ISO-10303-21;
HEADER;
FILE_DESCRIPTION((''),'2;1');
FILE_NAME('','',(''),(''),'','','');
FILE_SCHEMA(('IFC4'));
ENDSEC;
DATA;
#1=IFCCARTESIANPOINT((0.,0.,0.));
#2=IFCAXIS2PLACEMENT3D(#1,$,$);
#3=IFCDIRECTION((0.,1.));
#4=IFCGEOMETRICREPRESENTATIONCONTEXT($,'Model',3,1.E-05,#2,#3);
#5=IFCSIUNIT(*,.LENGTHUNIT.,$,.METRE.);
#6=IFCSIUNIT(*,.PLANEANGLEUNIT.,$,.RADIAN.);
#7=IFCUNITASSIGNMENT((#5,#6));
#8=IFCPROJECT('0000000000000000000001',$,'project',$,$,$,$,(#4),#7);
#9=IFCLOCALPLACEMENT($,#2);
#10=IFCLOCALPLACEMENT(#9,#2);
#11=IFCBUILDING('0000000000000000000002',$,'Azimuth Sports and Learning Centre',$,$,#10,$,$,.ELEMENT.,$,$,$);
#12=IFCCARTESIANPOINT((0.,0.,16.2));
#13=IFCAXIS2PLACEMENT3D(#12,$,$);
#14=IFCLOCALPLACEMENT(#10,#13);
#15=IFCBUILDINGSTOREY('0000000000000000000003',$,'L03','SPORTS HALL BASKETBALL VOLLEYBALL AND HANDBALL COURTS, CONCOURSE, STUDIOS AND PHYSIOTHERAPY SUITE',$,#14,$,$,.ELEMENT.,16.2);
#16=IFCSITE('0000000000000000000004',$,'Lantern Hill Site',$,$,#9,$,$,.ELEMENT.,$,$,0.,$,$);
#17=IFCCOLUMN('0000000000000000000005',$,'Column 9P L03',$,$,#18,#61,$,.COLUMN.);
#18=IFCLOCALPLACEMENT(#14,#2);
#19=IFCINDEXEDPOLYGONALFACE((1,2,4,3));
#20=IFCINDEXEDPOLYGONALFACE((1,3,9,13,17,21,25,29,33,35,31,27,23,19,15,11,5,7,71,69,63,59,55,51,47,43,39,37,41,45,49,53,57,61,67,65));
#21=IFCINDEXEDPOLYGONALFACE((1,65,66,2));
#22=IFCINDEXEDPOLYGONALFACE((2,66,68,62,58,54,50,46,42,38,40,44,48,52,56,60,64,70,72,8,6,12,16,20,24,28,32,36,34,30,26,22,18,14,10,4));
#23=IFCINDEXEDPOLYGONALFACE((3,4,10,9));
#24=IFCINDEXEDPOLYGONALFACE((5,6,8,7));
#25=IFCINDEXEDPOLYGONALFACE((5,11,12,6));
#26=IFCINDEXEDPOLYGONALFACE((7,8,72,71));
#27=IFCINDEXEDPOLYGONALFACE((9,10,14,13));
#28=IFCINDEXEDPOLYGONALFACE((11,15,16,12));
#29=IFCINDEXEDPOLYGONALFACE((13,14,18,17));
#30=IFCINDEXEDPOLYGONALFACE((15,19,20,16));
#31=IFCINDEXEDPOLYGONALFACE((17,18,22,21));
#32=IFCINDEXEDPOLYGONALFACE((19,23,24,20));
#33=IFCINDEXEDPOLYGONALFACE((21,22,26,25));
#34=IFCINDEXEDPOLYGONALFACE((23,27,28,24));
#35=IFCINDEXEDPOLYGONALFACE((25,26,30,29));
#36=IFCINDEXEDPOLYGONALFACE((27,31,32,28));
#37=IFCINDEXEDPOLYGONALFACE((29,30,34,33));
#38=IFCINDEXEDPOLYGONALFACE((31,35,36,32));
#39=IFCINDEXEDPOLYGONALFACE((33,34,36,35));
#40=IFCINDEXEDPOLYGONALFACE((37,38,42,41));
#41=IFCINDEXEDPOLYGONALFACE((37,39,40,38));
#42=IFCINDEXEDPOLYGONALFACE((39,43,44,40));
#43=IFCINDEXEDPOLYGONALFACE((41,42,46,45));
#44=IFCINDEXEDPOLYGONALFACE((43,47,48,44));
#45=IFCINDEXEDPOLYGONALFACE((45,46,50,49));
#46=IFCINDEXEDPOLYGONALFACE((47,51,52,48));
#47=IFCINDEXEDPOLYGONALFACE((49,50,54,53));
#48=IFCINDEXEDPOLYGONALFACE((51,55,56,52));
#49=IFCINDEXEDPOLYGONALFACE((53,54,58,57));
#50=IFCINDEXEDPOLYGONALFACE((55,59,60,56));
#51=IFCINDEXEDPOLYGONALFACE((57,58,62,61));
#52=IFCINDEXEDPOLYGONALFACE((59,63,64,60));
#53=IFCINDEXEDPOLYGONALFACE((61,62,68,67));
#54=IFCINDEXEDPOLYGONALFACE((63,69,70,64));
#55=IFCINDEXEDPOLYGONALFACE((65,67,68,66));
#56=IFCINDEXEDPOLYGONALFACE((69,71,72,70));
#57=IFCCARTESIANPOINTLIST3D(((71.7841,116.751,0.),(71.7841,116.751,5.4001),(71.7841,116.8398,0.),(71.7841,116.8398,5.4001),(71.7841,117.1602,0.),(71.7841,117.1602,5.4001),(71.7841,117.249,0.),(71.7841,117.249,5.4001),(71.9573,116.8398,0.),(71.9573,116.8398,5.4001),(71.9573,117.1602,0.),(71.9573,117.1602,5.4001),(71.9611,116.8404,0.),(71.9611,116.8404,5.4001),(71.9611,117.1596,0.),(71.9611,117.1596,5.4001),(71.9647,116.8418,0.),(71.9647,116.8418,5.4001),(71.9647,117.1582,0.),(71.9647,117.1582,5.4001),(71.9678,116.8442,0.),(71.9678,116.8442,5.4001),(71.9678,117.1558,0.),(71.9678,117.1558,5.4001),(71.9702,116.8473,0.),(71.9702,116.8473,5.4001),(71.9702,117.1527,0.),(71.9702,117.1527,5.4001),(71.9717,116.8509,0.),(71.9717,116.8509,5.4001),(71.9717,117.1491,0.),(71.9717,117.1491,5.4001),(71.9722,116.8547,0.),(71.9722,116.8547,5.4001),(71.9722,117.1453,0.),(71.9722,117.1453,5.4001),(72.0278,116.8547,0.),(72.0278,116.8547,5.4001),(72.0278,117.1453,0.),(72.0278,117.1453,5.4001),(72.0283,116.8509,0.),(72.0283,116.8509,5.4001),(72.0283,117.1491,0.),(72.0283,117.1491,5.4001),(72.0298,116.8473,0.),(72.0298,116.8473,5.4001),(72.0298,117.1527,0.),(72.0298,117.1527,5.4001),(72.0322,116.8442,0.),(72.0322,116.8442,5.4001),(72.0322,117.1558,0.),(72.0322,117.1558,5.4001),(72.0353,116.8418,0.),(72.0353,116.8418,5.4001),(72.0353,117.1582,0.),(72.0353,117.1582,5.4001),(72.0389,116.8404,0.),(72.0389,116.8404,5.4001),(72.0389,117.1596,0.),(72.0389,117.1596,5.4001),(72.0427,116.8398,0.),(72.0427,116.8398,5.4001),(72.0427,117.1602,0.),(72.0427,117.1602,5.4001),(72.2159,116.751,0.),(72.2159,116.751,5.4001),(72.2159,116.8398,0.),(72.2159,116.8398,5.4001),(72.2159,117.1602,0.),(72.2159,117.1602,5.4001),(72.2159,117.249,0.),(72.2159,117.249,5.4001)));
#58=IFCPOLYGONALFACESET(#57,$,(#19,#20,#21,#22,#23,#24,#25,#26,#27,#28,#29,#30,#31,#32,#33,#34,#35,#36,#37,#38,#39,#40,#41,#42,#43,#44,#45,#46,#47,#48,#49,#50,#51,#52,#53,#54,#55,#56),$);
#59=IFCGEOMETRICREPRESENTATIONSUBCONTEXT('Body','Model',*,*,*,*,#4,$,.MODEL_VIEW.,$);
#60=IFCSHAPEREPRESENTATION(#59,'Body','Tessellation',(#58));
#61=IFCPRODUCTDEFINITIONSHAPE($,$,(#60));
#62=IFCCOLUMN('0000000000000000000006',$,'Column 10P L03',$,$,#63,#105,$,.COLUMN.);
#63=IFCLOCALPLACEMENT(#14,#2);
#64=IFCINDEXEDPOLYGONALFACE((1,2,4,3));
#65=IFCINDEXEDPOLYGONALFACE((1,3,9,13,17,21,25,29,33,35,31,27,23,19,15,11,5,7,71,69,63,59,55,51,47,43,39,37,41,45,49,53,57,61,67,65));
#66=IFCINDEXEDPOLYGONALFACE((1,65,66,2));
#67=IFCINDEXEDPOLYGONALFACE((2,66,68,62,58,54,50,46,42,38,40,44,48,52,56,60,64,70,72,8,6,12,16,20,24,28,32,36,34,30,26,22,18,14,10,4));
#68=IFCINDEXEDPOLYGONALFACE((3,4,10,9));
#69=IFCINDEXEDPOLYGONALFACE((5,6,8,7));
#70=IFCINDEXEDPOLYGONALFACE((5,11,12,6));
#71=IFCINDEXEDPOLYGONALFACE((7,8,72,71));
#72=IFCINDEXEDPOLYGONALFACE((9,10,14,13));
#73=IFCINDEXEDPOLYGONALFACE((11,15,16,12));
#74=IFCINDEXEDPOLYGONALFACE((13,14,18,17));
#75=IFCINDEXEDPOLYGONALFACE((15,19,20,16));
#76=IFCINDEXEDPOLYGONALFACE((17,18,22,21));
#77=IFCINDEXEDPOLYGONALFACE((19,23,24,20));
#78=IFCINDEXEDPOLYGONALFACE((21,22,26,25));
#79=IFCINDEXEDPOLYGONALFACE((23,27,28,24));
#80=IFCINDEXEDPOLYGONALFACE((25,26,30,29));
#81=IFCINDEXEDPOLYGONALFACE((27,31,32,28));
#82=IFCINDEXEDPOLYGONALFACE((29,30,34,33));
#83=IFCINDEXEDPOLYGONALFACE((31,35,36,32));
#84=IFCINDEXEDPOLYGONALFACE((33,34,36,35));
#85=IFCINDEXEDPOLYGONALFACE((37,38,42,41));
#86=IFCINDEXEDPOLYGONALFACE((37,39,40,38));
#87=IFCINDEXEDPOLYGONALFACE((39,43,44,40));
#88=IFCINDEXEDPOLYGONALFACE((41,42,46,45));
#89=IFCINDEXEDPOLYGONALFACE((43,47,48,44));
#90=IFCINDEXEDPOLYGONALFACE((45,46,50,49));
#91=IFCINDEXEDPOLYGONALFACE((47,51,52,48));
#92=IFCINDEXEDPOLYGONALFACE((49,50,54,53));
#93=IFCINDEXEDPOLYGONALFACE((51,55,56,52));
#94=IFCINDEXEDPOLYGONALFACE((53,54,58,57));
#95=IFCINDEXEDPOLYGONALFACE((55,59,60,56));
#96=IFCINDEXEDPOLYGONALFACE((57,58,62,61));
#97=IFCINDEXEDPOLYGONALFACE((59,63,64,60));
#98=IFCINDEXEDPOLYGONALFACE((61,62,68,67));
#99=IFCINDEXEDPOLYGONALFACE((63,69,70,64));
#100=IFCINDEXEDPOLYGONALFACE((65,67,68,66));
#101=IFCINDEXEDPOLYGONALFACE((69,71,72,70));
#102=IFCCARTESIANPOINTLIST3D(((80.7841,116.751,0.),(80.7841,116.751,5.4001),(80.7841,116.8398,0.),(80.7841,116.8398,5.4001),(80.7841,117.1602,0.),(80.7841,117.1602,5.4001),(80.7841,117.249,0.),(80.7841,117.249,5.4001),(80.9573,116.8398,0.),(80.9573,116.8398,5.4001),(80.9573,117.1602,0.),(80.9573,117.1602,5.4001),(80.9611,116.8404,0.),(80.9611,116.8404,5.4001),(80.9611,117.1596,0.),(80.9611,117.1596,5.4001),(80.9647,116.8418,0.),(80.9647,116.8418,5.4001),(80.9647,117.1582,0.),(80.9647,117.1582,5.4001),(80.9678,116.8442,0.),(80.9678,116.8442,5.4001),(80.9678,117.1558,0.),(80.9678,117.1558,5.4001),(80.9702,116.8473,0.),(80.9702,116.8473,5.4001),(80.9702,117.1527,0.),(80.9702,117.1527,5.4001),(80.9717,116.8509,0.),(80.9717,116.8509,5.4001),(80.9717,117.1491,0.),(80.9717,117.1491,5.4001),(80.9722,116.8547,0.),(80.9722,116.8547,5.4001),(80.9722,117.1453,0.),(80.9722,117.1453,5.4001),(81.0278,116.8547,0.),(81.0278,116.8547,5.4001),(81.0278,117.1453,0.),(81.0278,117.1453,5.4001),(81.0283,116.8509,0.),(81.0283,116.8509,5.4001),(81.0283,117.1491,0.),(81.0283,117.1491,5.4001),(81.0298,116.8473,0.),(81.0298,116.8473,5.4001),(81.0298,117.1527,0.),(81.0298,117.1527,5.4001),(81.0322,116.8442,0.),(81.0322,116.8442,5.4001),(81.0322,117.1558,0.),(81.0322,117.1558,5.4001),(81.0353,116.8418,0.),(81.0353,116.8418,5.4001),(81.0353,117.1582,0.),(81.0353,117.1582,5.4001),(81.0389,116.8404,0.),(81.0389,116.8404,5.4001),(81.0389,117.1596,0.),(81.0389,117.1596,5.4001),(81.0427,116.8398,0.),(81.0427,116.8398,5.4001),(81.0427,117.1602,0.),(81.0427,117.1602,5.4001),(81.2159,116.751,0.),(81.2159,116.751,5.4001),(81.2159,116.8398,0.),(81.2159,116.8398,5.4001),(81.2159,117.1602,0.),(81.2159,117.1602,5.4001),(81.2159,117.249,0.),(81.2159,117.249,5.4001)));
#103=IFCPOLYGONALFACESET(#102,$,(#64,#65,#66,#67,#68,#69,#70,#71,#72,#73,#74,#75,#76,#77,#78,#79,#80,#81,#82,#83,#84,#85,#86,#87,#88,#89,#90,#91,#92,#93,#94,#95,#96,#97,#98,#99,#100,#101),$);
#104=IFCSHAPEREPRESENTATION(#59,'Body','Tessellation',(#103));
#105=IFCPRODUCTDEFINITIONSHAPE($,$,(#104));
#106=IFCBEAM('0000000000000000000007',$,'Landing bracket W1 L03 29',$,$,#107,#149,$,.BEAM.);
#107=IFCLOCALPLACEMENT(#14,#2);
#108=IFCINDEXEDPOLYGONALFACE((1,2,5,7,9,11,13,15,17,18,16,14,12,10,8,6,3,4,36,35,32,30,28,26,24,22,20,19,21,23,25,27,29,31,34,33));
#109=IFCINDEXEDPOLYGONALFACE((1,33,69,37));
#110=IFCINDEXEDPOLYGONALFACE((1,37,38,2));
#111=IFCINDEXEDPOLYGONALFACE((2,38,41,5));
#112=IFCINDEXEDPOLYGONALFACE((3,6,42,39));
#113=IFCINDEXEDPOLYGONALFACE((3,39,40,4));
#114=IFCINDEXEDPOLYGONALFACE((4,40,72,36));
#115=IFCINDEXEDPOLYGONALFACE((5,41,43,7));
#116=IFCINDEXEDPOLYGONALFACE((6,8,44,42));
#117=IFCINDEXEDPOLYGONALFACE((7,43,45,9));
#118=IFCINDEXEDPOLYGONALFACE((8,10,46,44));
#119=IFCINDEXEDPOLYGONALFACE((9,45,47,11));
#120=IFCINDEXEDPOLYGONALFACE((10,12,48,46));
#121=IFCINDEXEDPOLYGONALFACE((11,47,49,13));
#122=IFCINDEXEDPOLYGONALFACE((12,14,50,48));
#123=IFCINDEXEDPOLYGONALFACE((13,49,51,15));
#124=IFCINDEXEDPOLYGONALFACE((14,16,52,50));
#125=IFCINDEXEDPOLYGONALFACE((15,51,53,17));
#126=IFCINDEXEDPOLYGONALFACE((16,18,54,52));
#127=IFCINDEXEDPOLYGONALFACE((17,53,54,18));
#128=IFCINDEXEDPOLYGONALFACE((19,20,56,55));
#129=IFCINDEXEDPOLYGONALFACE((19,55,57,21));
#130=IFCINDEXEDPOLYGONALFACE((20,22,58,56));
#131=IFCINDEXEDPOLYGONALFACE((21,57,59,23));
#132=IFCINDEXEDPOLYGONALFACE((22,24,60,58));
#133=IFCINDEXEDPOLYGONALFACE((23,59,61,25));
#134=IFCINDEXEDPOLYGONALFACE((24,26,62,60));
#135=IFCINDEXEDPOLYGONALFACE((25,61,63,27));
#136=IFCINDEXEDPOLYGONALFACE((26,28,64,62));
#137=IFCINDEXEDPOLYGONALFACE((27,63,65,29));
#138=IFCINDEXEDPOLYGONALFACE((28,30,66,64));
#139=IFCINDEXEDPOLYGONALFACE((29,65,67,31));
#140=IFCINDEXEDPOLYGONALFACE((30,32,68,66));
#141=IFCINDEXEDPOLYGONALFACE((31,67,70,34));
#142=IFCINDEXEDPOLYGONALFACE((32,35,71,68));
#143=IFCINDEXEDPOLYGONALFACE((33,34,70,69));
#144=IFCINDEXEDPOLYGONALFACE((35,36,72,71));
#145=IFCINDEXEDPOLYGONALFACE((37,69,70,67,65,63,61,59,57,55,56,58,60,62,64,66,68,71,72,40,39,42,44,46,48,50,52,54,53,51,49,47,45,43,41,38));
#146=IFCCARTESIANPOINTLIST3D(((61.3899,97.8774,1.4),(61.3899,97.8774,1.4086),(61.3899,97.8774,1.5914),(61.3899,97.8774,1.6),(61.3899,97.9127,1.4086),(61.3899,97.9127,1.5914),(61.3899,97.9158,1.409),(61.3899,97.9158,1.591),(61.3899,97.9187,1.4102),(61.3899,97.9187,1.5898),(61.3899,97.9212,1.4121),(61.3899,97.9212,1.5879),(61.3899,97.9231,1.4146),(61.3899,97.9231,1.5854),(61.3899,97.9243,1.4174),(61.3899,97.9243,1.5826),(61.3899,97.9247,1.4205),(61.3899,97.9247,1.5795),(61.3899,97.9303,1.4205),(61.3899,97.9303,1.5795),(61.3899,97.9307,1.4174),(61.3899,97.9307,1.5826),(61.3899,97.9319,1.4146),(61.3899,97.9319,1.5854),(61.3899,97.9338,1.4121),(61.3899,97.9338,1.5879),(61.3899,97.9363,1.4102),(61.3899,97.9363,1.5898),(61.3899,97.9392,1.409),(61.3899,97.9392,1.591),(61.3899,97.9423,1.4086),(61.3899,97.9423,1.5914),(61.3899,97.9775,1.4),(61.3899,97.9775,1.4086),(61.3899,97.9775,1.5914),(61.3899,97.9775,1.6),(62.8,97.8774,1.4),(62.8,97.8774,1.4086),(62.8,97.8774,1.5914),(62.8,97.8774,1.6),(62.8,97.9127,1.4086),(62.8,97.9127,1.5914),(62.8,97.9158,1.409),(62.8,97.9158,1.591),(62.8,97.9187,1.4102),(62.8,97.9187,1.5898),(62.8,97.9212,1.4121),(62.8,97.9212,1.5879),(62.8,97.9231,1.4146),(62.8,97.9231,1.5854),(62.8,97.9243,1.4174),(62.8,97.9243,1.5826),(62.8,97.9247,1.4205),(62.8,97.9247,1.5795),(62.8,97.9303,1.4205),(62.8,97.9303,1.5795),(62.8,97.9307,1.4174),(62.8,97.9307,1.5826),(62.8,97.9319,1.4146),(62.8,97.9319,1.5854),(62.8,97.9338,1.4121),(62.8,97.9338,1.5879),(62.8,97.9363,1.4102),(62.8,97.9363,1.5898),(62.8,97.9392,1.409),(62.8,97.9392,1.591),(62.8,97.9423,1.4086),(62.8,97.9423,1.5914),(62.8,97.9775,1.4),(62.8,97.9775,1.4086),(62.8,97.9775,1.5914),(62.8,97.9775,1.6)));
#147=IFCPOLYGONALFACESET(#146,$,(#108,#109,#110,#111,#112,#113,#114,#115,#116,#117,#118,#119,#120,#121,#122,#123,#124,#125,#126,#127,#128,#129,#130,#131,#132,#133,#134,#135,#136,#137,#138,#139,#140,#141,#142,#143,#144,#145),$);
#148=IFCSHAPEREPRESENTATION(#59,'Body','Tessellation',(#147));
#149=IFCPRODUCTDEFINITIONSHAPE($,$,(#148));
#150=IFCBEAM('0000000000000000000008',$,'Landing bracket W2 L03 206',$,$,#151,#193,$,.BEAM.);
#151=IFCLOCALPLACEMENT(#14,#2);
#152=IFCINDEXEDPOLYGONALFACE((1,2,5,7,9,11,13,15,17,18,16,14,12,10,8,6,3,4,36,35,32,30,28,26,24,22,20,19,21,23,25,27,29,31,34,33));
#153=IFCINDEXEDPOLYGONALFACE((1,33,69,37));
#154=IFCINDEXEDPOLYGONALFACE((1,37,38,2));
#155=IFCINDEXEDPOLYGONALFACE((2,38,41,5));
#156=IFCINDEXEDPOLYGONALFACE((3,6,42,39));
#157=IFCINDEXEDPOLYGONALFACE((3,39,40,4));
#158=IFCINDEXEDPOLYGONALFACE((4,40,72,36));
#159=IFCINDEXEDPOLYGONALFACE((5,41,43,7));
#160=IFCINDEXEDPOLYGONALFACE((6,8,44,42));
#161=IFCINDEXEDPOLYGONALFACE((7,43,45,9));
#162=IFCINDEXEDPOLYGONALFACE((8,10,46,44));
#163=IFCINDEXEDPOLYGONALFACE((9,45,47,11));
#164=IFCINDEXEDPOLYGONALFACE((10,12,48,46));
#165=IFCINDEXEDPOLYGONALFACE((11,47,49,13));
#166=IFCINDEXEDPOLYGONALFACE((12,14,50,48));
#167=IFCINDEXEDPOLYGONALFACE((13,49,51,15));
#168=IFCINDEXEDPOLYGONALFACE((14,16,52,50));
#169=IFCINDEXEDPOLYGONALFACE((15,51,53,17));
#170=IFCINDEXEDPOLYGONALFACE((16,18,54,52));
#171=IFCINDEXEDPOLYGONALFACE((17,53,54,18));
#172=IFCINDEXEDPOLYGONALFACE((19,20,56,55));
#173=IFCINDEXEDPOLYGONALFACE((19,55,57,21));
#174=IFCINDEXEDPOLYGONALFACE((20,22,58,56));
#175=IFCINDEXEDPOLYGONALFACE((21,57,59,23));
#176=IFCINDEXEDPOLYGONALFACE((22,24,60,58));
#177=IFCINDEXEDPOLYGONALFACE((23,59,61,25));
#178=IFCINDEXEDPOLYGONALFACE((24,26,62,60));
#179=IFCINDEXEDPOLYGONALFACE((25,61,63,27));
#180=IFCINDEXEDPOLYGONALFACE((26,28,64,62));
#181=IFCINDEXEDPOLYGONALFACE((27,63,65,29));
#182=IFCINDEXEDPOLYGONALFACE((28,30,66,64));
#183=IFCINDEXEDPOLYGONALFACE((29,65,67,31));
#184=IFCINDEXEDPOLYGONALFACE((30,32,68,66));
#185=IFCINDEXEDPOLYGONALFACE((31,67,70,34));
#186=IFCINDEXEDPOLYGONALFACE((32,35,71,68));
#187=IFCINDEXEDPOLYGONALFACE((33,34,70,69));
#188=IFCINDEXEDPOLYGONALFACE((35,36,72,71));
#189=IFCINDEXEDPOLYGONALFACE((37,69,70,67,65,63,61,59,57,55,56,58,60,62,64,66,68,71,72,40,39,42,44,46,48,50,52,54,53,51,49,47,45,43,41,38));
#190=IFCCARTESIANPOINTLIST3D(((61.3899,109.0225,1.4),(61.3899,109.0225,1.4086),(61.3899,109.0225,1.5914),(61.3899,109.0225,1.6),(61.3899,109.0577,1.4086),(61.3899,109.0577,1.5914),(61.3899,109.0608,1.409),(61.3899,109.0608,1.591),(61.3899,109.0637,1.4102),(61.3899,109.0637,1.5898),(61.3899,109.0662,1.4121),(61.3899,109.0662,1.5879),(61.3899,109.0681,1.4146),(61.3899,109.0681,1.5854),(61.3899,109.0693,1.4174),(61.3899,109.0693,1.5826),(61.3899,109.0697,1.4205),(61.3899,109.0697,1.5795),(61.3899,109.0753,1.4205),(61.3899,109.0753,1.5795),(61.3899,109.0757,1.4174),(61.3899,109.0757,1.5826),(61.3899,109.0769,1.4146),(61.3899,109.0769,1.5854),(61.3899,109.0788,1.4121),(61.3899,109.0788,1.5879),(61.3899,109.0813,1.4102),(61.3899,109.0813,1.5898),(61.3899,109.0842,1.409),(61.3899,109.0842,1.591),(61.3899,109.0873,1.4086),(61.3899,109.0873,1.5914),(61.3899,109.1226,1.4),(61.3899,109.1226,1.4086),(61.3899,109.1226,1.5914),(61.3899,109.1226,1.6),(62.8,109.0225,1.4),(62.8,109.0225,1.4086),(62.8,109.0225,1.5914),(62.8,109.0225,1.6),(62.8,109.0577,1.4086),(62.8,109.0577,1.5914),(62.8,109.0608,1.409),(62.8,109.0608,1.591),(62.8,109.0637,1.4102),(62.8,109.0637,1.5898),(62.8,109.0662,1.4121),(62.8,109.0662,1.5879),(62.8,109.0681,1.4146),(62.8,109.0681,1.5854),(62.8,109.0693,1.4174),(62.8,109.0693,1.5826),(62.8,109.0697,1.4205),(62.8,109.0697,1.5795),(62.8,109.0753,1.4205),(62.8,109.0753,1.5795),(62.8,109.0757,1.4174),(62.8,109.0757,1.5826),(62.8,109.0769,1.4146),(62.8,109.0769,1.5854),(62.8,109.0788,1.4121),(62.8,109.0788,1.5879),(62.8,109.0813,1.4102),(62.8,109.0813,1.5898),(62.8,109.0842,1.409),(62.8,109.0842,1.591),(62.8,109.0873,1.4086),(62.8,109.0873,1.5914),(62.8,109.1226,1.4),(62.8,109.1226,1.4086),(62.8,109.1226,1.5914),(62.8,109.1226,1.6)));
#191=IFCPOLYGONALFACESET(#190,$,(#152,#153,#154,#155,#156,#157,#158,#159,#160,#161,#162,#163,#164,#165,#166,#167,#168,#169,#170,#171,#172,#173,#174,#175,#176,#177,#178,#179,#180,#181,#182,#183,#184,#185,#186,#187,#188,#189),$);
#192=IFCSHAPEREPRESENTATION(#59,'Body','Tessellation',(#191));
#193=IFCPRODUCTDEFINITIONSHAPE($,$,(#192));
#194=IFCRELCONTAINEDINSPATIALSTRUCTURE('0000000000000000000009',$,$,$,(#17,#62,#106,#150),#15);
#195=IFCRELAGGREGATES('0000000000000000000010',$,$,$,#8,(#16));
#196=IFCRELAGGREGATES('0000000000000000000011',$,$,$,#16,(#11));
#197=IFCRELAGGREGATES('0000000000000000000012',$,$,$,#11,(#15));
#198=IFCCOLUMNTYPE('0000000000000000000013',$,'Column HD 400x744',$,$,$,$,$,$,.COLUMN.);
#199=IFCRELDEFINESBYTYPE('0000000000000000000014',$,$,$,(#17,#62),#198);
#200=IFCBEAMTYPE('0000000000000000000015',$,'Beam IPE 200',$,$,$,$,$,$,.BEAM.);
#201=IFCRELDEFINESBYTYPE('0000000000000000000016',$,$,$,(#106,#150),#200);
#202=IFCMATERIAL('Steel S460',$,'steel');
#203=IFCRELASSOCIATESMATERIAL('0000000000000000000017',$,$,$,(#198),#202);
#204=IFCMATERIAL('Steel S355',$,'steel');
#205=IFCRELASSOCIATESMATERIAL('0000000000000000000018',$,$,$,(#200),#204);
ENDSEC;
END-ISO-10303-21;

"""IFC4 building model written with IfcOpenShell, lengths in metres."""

from ifc_helpers import new_model, si_unit, direction, frame, origin, origin_2d, place, context, subcontext, project, spatial, i_section, extrude, material, material_profile, profile_set, type_object, element, save


model = new_model("IFC4")

# Units and contexts
model_context = context("Model", 3, precision=1e-05, world=origin(), true_north=direction((0.0, 1.0)))
body_context = subcontext(model_context, "Body", "Model", "MODEL_VIEW")
ifc_project = project(units=[si_unit("LENGTHUNIT", "METRE"), si_unit("PLANEANGLEUNIT", "RADIAN")], contexts=[model_context])

# Site, building, storey
site_placement = place(None, origin())
site = spatial("IfcSite", under=ifc_project, at=site_placement, Name="Lantern Hill Site", CompositionType="ELEMENT", RefElevation=0.0)
building_placement = place(site_placement, origin())
building = spatial("IfcBuilding", under=site, at=building_placement, Name="Azimuth Sports and Learning Centre", CompositionType="ELEMENT")
storey_placement = place(building_placement, frame((0.0, 0.0, 16.2)))
storey = spatial("IfcBuildingStorey", under=building, at=storey_placement, Name="L03", Description="SPORTS HALL BASKETBALL VOLLEYBALL AND HANDBALL COURTS, CONCOURSE, STUDIOS AND PHYSIOTHERAPY SUITE", CompositionType="ELEMENT", Elevation=16.2)

# Columns
ifc_material_1 = material(Name="Steel S460", Category="steel")
ifc_material_profile_1 = material_profile(ifc_material_1, i_section(OverallWidth=0.4319, OverallDepth=0.498, WebThickness=0.0557, FlangeThickness=0.0889, FilletRadius=0.0149, at=origin_2d()), Name="HD 400x744")
ifc_profile_set_1 = profile_set([ifc_material_profile_1], Name="Steel S460")
column_type = type_object("IfcColumnType", Name="Column HD 400x744", PredefinedType="COLUMN", material=ifc_profile_set_1)
for number, where, z_axis, x_axis, name in (
    (1, (72.0, 117.0, 0.0), (0.0, 0.0, 1.0), (1.0, 0.0, 0.0), "Column 9P L03"),
    (2, (81.0, 117.0, 0.0), (0.0, 0.0, 1.0), (1.0, 0.0, 0.0), "Column 10P L03"),
):
    element("IfcColumn", number, at=place(storey_placement, frame(where, z_axis=z_axis, x_axis=x_axis)), inside=storey, type_object=column_type, Name=name, PredefinedType="COLUMN", context=body_context, shape_type="SweptSolid", body=[
        extrude(i_section(OverallWidth=0.4319, OverallDepth=0.498, WebThickness=0.0557, FlangeThickness=0.0889, FilletRadius=0.0149, at=origin_2d()), origin(), (0.0, 0.0, 1.0), 5.4001),
    ])

# Beams
ifc_material_2 = material(Name="Steel S355", Category="steel")
ifc_material_profile_2 = material_profile(ifc_material_2, i_section(OverallWidth=0.1001, OverallDepth=0.2, WebThickness=0.0056, FlangeThickness=0.0085, FilletRadius=0.012, at=origin_2d()), Name="IPE 200")
ifc_profile_set_2 = profile_set([ifc_material_profile_2], Name="Steel S355")
beam_type_1 = type_object("IfcBeamType", Name="Beam IPE 200", PredefinedType="BEAM", material=ifc_profile_set_2)
for number, where, z_axis, x_axis, name in (
    (3, (62.8, 97.9275, 1.5), (-1.0, 0.0, 0.0), (0.0, -1.0, 0.0), "Landing bracket W1 L03 29"),
    (4, (62.8, 109.0725, 1.5), (-1.0, 0.0, 0.0), (0.0, -1.0, 0.0), "Landing bracket W2 L03 206"),
):
    element("IfcBeam", number, at=place(storey_placement, frame(where, z_axis=z_axis, x_axis=x_axis)), inside=storey, type_object=beam_type_1, Name=name, PredefinedType="BEAM", context=body_context, shape_type="SweptSolid", body=[
        extrude(i_section(OverallWidth=0.1001, OverallDepth=0.2, WebThickness=0.0056, FlangeThickness=0.0085, FilletRadius=0.012, at=origin_2d()), origin(), (0.0, 0.0, 1.0), 1.4102),
    ])

save(model, "model.ifc")
